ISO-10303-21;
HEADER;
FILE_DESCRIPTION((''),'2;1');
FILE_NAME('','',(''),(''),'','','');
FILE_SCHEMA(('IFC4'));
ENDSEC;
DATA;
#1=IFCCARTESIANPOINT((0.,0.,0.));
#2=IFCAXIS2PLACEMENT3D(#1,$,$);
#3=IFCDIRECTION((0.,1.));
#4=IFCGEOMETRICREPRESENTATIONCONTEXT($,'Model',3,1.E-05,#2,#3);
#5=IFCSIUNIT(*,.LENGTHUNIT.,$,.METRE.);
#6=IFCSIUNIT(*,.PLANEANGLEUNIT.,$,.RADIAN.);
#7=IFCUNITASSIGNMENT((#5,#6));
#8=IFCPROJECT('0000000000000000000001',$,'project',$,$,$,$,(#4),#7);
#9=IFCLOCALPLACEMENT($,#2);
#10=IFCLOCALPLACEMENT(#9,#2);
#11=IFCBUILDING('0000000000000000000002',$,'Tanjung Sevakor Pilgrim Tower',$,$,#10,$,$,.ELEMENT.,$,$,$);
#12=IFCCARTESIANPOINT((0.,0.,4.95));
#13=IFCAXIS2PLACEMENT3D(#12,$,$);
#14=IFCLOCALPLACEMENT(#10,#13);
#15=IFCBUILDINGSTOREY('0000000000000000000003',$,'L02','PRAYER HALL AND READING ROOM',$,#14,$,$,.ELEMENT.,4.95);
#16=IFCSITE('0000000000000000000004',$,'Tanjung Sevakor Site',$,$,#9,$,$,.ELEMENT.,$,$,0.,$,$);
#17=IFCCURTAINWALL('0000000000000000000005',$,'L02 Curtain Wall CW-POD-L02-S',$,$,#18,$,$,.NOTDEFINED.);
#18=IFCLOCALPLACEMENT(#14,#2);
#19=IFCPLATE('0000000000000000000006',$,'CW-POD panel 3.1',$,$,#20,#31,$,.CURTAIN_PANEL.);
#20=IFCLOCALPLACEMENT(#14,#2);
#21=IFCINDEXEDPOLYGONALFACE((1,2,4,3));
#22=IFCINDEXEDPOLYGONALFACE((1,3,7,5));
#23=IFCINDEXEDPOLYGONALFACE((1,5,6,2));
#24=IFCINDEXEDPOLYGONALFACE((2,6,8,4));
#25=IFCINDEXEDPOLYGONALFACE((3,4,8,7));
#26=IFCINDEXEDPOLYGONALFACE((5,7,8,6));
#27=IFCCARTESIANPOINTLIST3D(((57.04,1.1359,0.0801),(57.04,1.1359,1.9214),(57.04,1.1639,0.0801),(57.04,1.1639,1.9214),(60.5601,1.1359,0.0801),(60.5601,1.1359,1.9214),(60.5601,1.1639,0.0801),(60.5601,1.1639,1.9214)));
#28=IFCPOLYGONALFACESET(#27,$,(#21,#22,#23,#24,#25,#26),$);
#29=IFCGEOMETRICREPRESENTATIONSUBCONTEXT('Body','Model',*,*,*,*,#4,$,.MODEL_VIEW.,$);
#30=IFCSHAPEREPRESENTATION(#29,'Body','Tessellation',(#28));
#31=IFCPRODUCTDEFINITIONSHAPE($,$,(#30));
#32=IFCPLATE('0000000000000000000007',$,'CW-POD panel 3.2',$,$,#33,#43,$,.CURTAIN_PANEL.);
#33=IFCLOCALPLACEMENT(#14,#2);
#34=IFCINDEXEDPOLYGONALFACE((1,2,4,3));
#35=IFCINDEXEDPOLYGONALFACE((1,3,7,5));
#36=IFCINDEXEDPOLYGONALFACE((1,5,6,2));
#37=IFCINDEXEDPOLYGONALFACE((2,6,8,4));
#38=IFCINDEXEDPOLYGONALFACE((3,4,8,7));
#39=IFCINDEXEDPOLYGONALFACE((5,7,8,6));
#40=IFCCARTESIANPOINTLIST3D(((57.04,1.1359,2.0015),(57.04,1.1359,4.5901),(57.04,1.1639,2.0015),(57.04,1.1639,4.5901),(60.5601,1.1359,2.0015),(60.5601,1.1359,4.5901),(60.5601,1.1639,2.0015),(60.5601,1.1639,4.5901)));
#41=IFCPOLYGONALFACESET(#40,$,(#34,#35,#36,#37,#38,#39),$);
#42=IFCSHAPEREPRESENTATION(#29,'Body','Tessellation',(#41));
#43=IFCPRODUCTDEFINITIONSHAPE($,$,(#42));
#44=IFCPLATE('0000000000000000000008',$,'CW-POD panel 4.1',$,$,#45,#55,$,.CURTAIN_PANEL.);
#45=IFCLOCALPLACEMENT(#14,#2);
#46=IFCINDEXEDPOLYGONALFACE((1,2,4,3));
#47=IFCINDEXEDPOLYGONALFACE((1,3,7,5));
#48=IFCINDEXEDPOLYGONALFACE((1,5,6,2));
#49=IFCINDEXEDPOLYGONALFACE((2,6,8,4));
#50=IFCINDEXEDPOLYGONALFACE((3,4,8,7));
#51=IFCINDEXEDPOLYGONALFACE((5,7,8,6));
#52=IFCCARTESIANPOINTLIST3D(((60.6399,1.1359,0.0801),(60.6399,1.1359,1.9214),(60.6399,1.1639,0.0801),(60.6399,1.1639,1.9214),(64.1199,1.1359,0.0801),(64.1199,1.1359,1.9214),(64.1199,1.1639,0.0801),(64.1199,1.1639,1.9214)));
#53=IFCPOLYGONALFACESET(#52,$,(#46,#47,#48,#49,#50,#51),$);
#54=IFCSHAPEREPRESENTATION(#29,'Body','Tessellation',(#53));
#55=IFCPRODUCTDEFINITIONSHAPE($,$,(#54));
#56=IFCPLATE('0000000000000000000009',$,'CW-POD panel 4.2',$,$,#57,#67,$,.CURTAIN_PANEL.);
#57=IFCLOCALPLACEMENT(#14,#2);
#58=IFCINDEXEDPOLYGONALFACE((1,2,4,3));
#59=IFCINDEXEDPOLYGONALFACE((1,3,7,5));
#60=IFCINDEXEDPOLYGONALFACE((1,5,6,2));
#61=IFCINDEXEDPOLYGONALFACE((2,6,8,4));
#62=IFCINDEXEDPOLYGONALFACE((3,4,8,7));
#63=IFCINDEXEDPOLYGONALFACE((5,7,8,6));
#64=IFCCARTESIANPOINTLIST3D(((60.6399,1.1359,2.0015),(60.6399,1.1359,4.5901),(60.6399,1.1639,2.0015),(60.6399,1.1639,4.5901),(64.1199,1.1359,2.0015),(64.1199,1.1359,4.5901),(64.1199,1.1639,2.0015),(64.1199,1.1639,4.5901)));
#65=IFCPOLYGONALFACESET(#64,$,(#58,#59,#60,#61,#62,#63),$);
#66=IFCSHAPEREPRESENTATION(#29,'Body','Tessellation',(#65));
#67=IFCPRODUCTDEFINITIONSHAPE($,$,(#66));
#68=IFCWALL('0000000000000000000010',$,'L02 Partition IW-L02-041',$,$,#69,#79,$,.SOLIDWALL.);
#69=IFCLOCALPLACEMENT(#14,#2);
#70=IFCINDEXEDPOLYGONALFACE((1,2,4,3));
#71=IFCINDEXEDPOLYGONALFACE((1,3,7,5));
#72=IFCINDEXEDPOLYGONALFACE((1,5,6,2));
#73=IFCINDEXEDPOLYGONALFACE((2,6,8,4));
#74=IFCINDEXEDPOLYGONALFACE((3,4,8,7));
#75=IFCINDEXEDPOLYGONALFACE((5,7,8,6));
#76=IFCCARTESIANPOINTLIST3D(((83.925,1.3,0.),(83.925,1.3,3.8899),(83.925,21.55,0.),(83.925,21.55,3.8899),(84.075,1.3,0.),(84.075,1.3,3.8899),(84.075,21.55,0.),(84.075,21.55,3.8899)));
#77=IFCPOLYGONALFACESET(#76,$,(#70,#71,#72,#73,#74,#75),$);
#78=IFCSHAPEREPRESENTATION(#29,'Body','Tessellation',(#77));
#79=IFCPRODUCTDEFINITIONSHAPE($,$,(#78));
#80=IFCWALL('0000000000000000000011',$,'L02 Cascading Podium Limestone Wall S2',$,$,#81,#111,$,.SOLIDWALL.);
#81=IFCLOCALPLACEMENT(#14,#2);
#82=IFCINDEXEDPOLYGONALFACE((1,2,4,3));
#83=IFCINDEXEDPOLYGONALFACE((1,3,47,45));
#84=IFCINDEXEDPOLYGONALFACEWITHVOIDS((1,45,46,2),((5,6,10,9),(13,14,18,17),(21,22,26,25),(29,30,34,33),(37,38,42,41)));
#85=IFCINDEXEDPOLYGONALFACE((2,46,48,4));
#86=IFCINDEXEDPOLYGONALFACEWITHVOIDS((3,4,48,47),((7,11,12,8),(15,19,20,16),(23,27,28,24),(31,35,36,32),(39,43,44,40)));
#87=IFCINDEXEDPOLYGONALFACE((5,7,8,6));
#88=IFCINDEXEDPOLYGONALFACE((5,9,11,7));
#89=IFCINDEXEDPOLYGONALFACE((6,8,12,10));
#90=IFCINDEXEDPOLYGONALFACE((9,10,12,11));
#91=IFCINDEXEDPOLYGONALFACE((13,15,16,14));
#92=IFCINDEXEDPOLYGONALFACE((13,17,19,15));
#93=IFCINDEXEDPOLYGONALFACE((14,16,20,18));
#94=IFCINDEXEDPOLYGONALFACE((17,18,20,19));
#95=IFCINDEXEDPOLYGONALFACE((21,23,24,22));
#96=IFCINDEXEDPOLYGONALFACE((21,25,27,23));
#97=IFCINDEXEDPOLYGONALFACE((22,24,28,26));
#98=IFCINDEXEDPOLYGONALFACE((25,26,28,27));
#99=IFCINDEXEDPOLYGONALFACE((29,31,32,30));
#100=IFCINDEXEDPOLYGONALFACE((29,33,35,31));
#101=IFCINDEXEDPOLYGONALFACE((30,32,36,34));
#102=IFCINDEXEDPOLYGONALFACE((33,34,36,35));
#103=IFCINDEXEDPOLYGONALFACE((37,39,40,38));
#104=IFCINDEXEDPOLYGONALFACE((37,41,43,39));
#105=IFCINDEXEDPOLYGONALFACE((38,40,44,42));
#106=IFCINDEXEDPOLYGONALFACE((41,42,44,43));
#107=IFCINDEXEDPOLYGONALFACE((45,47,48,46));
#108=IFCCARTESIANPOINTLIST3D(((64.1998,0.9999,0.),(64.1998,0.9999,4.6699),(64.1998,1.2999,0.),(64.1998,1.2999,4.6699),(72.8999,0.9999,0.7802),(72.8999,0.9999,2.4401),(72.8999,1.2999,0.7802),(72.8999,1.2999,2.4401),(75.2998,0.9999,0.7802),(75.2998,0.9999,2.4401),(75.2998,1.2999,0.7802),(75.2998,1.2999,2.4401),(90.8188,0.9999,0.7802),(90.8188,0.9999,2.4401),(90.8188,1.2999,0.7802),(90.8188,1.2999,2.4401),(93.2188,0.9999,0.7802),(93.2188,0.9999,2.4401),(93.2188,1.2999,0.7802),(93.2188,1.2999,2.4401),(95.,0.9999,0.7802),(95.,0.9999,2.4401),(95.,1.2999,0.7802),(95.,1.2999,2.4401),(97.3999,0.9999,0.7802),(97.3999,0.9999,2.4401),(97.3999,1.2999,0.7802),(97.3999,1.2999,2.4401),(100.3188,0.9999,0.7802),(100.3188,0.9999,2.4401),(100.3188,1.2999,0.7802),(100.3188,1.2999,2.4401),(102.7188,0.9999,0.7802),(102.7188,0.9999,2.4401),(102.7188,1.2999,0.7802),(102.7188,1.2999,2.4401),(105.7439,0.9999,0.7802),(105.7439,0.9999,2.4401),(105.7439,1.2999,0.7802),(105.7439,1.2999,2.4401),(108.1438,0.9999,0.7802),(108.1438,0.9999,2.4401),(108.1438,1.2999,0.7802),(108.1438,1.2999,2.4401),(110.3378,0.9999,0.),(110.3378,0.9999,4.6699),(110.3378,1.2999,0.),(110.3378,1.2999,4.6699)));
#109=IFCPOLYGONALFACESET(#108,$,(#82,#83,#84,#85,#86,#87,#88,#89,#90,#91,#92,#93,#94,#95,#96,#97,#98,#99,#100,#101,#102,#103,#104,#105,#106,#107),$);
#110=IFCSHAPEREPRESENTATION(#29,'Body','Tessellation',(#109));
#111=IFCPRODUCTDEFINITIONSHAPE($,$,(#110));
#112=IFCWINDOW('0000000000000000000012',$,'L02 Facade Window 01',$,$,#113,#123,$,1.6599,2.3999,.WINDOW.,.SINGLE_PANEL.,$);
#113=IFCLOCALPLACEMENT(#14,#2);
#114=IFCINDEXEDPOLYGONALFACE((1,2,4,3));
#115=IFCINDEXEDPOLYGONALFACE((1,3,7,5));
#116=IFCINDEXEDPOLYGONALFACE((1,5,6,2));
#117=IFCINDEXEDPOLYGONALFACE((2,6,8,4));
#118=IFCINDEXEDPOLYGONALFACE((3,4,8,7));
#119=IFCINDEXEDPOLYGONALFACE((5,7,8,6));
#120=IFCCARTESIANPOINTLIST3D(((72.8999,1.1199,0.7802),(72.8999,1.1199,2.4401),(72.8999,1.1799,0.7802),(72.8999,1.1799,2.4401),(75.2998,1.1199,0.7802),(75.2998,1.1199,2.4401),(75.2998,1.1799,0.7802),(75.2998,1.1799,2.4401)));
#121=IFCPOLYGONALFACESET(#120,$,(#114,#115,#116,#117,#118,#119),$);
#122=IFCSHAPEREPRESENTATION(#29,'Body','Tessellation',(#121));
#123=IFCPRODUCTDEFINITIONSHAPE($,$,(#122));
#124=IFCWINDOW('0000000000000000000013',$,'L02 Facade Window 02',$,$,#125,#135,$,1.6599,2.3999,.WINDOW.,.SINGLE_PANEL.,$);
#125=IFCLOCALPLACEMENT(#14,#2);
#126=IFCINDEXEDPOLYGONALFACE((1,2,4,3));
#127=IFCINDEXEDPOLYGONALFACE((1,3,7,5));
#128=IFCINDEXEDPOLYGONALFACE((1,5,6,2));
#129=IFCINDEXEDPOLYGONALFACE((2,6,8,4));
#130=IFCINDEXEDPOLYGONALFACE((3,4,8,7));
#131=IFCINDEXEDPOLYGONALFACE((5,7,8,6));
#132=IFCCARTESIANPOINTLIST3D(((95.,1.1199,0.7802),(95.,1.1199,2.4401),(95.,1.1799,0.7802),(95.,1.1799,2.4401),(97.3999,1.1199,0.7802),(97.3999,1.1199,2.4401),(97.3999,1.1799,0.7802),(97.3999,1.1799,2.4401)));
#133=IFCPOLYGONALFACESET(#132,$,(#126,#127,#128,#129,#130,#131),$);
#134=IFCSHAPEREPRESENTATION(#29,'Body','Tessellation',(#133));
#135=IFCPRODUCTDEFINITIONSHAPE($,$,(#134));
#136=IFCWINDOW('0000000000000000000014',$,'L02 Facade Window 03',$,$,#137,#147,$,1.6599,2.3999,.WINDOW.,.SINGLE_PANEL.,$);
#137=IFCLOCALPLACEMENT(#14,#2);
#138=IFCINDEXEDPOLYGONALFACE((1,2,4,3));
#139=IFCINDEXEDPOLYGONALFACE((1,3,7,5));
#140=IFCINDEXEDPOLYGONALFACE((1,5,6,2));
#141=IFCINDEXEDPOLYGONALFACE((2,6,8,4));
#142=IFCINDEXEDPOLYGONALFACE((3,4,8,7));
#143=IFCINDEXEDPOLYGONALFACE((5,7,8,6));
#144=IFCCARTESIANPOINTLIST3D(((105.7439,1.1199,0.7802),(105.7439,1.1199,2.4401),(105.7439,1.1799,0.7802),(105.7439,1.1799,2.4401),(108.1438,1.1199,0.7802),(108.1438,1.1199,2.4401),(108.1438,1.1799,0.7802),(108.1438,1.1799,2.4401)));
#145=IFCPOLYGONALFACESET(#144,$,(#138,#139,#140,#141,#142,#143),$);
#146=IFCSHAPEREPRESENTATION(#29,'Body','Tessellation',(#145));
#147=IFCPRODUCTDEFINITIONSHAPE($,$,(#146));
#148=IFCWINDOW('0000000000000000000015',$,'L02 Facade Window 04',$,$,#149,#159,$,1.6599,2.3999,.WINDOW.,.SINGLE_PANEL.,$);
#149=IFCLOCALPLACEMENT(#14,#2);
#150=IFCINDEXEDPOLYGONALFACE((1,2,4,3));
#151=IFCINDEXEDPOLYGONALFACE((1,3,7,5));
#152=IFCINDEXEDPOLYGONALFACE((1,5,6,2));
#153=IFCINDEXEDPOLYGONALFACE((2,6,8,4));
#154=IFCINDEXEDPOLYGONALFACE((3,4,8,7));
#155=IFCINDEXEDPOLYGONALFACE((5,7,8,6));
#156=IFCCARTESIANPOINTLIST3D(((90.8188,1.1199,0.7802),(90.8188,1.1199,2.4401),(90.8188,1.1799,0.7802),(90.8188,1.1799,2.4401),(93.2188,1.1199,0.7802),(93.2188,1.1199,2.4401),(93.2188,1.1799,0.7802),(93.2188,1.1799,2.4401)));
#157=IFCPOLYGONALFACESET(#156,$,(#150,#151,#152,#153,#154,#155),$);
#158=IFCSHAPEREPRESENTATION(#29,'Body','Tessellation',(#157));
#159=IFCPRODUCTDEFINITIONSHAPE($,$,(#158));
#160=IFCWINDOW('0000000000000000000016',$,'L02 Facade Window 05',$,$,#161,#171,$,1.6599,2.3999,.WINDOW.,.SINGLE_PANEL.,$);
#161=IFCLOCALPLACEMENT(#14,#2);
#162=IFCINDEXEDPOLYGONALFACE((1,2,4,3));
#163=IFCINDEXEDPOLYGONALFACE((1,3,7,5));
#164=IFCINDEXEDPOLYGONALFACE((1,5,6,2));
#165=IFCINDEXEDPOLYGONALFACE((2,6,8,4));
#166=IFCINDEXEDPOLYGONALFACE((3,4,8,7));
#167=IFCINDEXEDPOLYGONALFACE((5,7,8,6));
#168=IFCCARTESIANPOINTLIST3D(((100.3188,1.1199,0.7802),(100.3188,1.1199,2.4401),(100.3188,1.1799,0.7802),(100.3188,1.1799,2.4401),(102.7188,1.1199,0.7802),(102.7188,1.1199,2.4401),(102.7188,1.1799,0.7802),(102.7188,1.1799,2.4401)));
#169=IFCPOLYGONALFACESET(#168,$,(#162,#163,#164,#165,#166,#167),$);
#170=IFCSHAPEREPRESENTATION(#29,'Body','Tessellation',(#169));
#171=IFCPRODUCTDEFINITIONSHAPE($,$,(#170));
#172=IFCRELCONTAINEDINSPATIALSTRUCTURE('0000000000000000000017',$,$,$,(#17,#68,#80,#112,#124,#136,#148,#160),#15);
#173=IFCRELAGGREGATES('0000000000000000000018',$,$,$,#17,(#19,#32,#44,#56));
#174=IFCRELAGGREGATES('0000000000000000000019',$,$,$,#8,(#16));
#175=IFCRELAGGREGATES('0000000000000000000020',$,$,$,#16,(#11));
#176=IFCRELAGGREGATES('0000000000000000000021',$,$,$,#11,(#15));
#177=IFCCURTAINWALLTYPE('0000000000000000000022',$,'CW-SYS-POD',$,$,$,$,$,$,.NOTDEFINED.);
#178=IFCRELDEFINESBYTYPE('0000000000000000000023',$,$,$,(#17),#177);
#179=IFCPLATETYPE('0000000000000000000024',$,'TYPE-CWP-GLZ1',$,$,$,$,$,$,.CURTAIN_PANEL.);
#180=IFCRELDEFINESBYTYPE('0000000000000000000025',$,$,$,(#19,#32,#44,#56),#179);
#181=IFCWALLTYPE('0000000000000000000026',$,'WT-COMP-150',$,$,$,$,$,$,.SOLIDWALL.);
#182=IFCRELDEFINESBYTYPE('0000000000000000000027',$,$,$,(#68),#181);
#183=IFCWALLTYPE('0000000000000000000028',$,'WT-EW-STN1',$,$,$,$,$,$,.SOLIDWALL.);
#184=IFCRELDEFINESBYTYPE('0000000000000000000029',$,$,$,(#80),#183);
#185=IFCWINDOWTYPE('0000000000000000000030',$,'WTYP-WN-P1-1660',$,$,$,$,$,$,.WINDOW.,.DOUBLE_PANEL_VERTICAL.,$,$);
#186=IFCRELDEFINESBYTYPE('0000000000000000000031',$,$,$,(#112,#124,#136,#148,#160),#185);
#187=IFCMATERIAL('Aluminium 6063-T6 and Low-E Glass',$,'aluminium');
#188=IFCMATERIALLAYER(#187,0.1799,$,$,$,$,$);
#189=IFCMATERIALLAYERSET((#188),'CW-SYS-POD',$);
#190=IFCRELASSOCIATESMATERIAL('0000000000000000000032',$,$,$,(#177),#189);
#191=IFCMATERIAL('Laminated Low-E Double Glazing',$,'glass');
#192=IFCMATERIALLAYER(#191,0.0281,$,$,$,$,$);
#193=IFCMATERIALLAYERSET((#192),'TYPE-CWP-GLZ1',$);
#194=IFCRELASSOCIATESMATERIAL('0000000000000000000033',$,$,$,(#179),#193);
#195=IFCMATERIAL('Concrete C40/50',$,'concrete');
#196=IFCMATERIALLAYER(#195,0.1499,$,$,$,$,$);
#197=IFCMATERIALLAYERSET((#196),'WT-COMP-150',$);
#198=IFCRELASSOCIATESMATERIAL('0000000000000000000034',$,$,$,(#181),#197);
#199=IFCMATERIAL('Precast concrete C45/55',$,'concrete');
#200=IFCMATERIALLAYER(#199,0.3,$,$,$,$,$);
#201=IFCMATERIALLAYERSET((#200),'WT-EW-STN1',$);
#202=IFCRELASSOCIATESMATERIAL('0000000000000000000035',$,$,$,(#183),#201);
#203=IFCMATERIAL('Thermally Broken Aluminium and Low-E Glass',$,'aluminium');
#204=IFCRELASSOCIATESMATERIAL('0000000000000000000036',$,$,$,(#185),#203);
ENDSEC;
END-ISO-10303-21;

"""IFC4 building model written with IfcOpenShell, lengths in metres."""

from ifc_helpers import new_model, si_unit, direction, frame, frame_2d, origin, origin_2d, place, context, subcontext, project, spatial, rectangle, extrude, material, layer, layer_set, type_object, element, fill, aggregate, save


model = new_model("IFC4")

# Units and contexts
model_context = context("Model", 3, precision=1e-05, world=origin(), true_north=direction((0.0, 1.0)))
body_context = subcontext(model_context, "Body", "Model", "MODEL_VIEW")
ifc_project = project(units=[si_unit("LENGTHUNIT", "METRE"), si_unit("PLANEANGLEUNIT", "RADIAN")], contexts=[model_context])

# Site, building, storey
site_placement = place(None, origin())
site = spatial("IfcSite", under=ifc_project, at=site_placement, Name="Tanjung Sevakor Site", CompositionType="ELEMENT", RefElevation=0.0)
building_placement = place(site_placement, origin())
building = spatial("IfcBuilding", under=site, at=building_placement, Name="Tanjung Sevakor Pilgrim Tower", CompositionType="ELEMENT")
storey_placement = place(building_placement, frame((0.0, 0.0, 4.95)))
storey = spatial("IfcBuildingStorey", under=building, at=storey_placement, Name="L02", Description="PRAYER HALL AND READING ROOM", CompositionType="ELEMENT", Elevation=4.95)

# Curtain wall, plates
ifc_material_1 = material(Name="Aluminium 6063-T6 and Low-E Glass", Category="aluminium")
ifc_layer_1 = layer(ifc_material_1, 0.1799)
ifc_layer_set_1 = layer_set([ifc_layer_1], Name="CW-SYS-POD")
curtain_wall_type = type_object("IfcCurtainWallType", Name="CW-SYS-POD", PredefinedType="NOTDEFINED", material=ifc_layer_set_1)
curtain_wall_placement = place(storey_placement, origin())
curtain_wall = element("IfcCurtainWall", 1, at=curtain_wall_placement, inside=storey, type_object=curtain_wall_type, Name="L02 Curtain Wall CW-POD-L02-S", PredefinedType="NOTDEFINED")
ifc_material_2 = material(Name="Laminated Low-E Double Glazing", Category="glass")
ifc_layer_2 = layer(ifc_material_2, 0.0281)
ifc_layer_set_2 = layer_set([ifc_layer_2], Name="TYPE-CWP-GLZ1")
plate_type = type_object("IfcPlateType", Name="TYPE-CWP-GLZ1", PredefinedType="CURTAIN_PANEL", material=ifc_layer_set_2)
plate_1_placement = place(storey_placement, frame((58.8, 1.1499, 0.0801), z_axis=(0.0, 0.0, 1.0), x_axis=(1.0, 0.0, 0.0)))
plate_1 = element("IfcPlate", 2, at=plate_1_placement, type_object=plate_type, Name="CW-POD panel 3.1", PredefinedType="CURTAIN_PANEL", context=body_context, shape_type="SweptSolid", body=[
    extrude(rectangle(XDim=3.52, YDim=0.0281, at=origin_2d()), origin(), (0.0, 0.0, 1.0), 1.8413),
])
plate_2_placement = place(storey_placement, frame((58.8, 1.1499, 2.0015), z_axis=(0.0, 0.0, 1.0), x_axis=(1.0, 0.0, 0.0)))
plate_2 = element("IfcPlate", 3, at=plate_2_placement, type_object=plate_type, Name="CW-POD panel 3.2", PredefinedType="CURTAIN_PANEL", context=body_context, shape_type="SweptSolid", body=[
    extrude(rectangle(XDim=3.52, YDim=0.0281, at=origin_2d()), origin(), (0.0, 0.0, 1.0), 2.5886),
])
plate_3_placement = place(storey_placement, frame((62.3799, 1.1499, 0.0801), z_axis=(0.0, 0.0, 1.0), x_axis=(1.0, 0.0, 0.0)))
plate_3 = element("IfcPlate", 4, at=plate_3_placement, type_object=plate_type, Name="CW-POD panel 4.1", PredefinedType="CURTAIN_PANEL", context=body_context, shape_type="SweptSolid", body=[
    extrude(rectangle(XDim=3.48, YDim=0.0281, at=origin_2d()), origin(), (0.0, 0.0, 1.0), 1.8413),
])
plate_4_placement = place(storey_placement, frame((62.3799, 1.1499, 2.0015), z_axis=(0.0, 0.0, 1.0), x_axis=(1.0, 0.0, 0.0)))
plate_4 = element("IfcPlate", 5, at=plate_4_placement, type_object=plate_type, Name="CW-POD panel 4.2", PredefinedType="CURTAIN_PANEL", context=body_context, shape_type="SweptSolid", body=[
    extrude(rectangle(XDim=3.48, YDim=0.0281, at=origin_2d()), origin(), (0.0, 0.0, 1.0), 2.5886),
])
aggregate(curtain_wall, [plate_1, plate_2, plate_3, plate_4])

# Wall
ifc_material_3 = material(Name="Concrete C40/50", Category="concrete")
ifc_layer_3 = layer(ifc_material_3, 0.1499)
ifc_layer_set_3 = layer_set([ifc_layer_3], Name="WT-COMP-150")
wall_type_1 = type_object("IfcWallType", Name="WT-COMP-150", PredefinedType="SOLIDWALL", material=ifc_layer_set_3)
wall_1_placement = place(storey_placement, frame((84.0, 1.3, 0.0), z_axis=(0.0, 0.0, 1.0), x_axis=(0.0, 1.0, 0.0)))
element("IfcWall", 6, at=wall_1_placement, inside=storey, type_object=wall_type_1, Name="L02 Partition IW-L02-041", PredefinedType="SOLIDWALL", context=body_context, shape_type="SweptSolid", body=[
    extrude(rectangle(XDim=20.25, YDim=0.1499, at=frame_2d((10.125, 0.0))), origin(), (0.0, 0.0, 1.0), 3.8899),
])

# Wall, openings, windows
ifc_material_4 = material(Name="Precast concrete C45/55", Category="concrete")
ifc_layer_4 = layer(ifc_material_4, 0.3)
ifc_layer_set_4 = layer_set([ifc_layer_4], Name="WT-EW-STN1")
wall_type_2 = type_object("IfcWallType", Name="WT-EW-STN1", PredefinedType="SOLIDWALL", material=ifc_layer_set_4)
wall_2_placement = place(storey_placement, frame((64.2, 1.1499, 0.0), z_axis=(0.0, 0.0, 1.0), x_axis=(1.0, 0.0, 0.0)))
wall_2 = element("IfcWall", 7, at=wall_2_placement, inside=storey, type_object=wall_type_2, Name="L02 Cascading Podium Limestone Wall S2", PredefinedType="SOLIDWALL", context=body_context, shape_type="SweptSolid", body=[
    extrude(rectangle(XDim=46.1379, YDim=0.3, at=frame_2d((23.0688, 0.0))), origin(), (0.0, 0.0, 1.0), 4.6699),
])
opening_1_placement = place(wall_2_placement, frame((8.7, 0.0, 0.78)))
opening_1 = element("IfcOpeningElement", 8, at=opening_1_placement, cuts=wall_2, PredefinedType="OPENING", context=body_context, shape_type="SweptSolid", body=[
    extrude(rectangle(XDim=2.3999, YDim=1.6599, at=frame_2d((1.2, 0.8301))), frame((0.0, 0.1599, 0.0), z_axis=(0.0, -1.0, 0.0), x_axis=(1.0, 0.0, 0.0)), (0.0, 0.0, 1.0), 0.3201),
])
opening_2_placement = place(wall_2_placement, frame((30.8, 0.0, 0.78)))
opening_2 = element("IfcOpeningElement", 9, at=opening_2_placement, cuts=wall_2, PredefinedType="OPENING", context=body_context, shape_type="SweptSolid", body=[
    extrude(rectangle(XDim=2.3999, YDim=1.6599, at=frame_2d((1.2, 0.8301))), frame((0.0, 0.1599, 0.0), z_axis=(0.0, -1.0, 0.0), x_axis=(1.0, 0.0, 0.0)), (0.0, 0.0, 1.0), 0.3201),
])
opening_3_placement = place(wall_2_placement, frame((41.5439, 0.0, 0.78)))
opening_3 = element("IfcOpeningElement", 10, at=opening_3_placement, cuts=wall_2, PredefinedType="OPENING", context=body_context, shape_type="SweptSolid", body=[
    extrude(rectangle(XDim=2.3999, YDim=1.6599, at=frame_2d((1.2, 0.8301))), frame((0.0, 0.1599, 0.0), z_axis=(0.0, -1.0, 0.0), x_axis=(1.0, 0.0, 0.0)), (0.0, 0.0, 1.0), 0.3201),
])
opening_4_placement = place(wall_2_placement, frame((26.6189, 0.0, 0.78)))
opening_4 = element("IfcOpeningElement", 11, at=opening_4_placement, cuts=wall_2, PredefinedType="OPENING", context=body_context, shape_type="SweptSolid", body=[
    extrude(rectangle(XDim=2.3999, YDim=1.6599, at=frame_2d((1.2, 0.8301))), frame((0.0, 0.1599, 0.0), z_axis=(0.0, -1.0, 0.0), x_axis=(1.0, 0.0, 0.0)), (0.0, 0.0, 1.0), 0.3201),
])
opening_5_placement = place(wall_2_placement, frame((36.1189, 0.0, 0.78)))
opening_5 = element("IfcOpeningElement", 12, at=opening_5_placement, cuts=wall_2, PredefinedType="OPENING", context=body_context, shape_type="SweptSolid", body=[
    extrude(rectangle(XDim=2.3999, YDim=1.6599, at=frame_2d((1.2, 0.8301))), frame((0.0, 0.1599, 0.0), z_axis=(0.0, -1.0, 0.0), x_axis=(1.0, 0.0, 0.0)), (0.0, 0.0, 1.0), 0.3201),
])
ifc_material_5 = material(Name="Thermally Broken Aluminium and Low-E Glass", Category="aluminium")
window_type = type_object("IfcWindowType", Name="WTYP-WN-P1-1660", PartitioningType="DOUBLE_PANEL_VERTICAL", PredefinedType="WINDOW", material=ifc_material_5)
window_1_placement = place(opening_1_placement, origin())
window_1 = element("IfcWindow", 13, at=window_1_placement, inside=storey, type_object=window_type, Name="L02 Facade Window 01", OverallHeight=1.6599, OverallWidth=2.3999, PartitioningType="SINGLE_PANEL", PredefinedType="WINDOW", context=body_context, shape_type="SweptSolid", body=[
    extrude(rectangle(XDim=2.3999, YDim=1.6599, at=frame_2d((1.2, 0.8301))), frame((0.0, 0.03, 0.0), z_axis=(0.0, -1.0, 0.0), x_axis=(1.0, 0.0, 0.0)), (0.0, 0.0, 1.0), 0.0601),
])
fill(opening_1, window_1)
window_2_placement = place(opening_2_placement, origin())
window_2 = element("IfcWindow", 14, at=window_2_placement, inside=storey, type_object=window_type, Name="L02 Facade Window 02", OverallHeight=1.6599, OverallWidth=2.3999, PartitioningType="SINGLE_PANEL", PredefinedType="WINDOW", context=body_context, shape_type="SweptSolid", body=[
    extrude(rectangle(XDim=2.3999, YDim=1.6599, at=frame_2d((1.2, 0.8301))), frame((0.0, 0.03, 0.0), z_axis=(0.0, -1.0, 0.0), x_axis=(1.0, 0.0, 0.0)), (0.0, 0.0, 1.0), 0.0601),
])
fill(opening_2, window_2)
window_3_placement = place(opening_3_placement, origin())
window_3 = element("IfcWindow", 15, at=window_3_placement, inside=storey, type_object=window_type, Name="L02 Facade Window 03", OverallHeight=1.6599, OverallWidth=2.3999, PartitioningType="SINGLE_PANEL", PredefinedType="WINDOW", context=body_context, shape_type="SweptSolid", body=[
    extrude(rectangle(XDim=2.3999, YDim=1.6599, at=frame_2d((1.2, 0.8301))), frame((0.0, 0.03, 0.0), z_axis=(0.0, -1.0, 0.0), x_axis=(1.0, 0.0, 0.0)), (0.0, 0.0, 1.0), 0.0601),
])
fill(opening_3, window_3)
window_4_placement = place(opening_4_placement, origin())
window_4 = element("IfcWindow", 16, at=window_4_placement, inside=storey, type_object=window_type, Name="L02 Facade Window 04", OverallHeight=1.6599, OverallWidth=2.3999, PartitioningType="SINGLE_PANEL", PredefinedType="WINDOW", context=body_context, shape_type="SweptSolid", body=[
    extrude(rectangle(XDim=2.3999, YDim=1.6599, at=frame_2d((1.2, 0.8301))), frame((0.0, 0.03, 0.0), z_axis=(0.0, -1.0, 0.0), x_axis=(1.0, 0.0, 0.0)), (0.0, 0.0, 1.0), 0.0601),
])
fill(opening_4, window_4)
window_5_placement = place(opening_5_placement, origin())
window_5 = element("IfcWindow", 17, at=window_5_placement, inside=storey, type_object=window_type, Name="L02 Facade Window 05", OverallHeight=1.6599, OverallWidth=2.3999, PartitioningType="SINGLE_PANEL", PredefinedType="WINDOW", context=body_context, shape_type="SweptSolid", body=[
    extrude(rectangle(XDim=2.3999, YDim=1.6599, at=frame_2d((1.2, 0.8301))), frame((0.0, 0.03, 0.0), z_axis=(0.0, -1.0, 0.0), x_axis=(1.0, 0.0, 0.0)), (0.0, 0.0, 1.0), 0.0601),
])
fill(opening_5, window_5)

save(model, "model.ifc")
